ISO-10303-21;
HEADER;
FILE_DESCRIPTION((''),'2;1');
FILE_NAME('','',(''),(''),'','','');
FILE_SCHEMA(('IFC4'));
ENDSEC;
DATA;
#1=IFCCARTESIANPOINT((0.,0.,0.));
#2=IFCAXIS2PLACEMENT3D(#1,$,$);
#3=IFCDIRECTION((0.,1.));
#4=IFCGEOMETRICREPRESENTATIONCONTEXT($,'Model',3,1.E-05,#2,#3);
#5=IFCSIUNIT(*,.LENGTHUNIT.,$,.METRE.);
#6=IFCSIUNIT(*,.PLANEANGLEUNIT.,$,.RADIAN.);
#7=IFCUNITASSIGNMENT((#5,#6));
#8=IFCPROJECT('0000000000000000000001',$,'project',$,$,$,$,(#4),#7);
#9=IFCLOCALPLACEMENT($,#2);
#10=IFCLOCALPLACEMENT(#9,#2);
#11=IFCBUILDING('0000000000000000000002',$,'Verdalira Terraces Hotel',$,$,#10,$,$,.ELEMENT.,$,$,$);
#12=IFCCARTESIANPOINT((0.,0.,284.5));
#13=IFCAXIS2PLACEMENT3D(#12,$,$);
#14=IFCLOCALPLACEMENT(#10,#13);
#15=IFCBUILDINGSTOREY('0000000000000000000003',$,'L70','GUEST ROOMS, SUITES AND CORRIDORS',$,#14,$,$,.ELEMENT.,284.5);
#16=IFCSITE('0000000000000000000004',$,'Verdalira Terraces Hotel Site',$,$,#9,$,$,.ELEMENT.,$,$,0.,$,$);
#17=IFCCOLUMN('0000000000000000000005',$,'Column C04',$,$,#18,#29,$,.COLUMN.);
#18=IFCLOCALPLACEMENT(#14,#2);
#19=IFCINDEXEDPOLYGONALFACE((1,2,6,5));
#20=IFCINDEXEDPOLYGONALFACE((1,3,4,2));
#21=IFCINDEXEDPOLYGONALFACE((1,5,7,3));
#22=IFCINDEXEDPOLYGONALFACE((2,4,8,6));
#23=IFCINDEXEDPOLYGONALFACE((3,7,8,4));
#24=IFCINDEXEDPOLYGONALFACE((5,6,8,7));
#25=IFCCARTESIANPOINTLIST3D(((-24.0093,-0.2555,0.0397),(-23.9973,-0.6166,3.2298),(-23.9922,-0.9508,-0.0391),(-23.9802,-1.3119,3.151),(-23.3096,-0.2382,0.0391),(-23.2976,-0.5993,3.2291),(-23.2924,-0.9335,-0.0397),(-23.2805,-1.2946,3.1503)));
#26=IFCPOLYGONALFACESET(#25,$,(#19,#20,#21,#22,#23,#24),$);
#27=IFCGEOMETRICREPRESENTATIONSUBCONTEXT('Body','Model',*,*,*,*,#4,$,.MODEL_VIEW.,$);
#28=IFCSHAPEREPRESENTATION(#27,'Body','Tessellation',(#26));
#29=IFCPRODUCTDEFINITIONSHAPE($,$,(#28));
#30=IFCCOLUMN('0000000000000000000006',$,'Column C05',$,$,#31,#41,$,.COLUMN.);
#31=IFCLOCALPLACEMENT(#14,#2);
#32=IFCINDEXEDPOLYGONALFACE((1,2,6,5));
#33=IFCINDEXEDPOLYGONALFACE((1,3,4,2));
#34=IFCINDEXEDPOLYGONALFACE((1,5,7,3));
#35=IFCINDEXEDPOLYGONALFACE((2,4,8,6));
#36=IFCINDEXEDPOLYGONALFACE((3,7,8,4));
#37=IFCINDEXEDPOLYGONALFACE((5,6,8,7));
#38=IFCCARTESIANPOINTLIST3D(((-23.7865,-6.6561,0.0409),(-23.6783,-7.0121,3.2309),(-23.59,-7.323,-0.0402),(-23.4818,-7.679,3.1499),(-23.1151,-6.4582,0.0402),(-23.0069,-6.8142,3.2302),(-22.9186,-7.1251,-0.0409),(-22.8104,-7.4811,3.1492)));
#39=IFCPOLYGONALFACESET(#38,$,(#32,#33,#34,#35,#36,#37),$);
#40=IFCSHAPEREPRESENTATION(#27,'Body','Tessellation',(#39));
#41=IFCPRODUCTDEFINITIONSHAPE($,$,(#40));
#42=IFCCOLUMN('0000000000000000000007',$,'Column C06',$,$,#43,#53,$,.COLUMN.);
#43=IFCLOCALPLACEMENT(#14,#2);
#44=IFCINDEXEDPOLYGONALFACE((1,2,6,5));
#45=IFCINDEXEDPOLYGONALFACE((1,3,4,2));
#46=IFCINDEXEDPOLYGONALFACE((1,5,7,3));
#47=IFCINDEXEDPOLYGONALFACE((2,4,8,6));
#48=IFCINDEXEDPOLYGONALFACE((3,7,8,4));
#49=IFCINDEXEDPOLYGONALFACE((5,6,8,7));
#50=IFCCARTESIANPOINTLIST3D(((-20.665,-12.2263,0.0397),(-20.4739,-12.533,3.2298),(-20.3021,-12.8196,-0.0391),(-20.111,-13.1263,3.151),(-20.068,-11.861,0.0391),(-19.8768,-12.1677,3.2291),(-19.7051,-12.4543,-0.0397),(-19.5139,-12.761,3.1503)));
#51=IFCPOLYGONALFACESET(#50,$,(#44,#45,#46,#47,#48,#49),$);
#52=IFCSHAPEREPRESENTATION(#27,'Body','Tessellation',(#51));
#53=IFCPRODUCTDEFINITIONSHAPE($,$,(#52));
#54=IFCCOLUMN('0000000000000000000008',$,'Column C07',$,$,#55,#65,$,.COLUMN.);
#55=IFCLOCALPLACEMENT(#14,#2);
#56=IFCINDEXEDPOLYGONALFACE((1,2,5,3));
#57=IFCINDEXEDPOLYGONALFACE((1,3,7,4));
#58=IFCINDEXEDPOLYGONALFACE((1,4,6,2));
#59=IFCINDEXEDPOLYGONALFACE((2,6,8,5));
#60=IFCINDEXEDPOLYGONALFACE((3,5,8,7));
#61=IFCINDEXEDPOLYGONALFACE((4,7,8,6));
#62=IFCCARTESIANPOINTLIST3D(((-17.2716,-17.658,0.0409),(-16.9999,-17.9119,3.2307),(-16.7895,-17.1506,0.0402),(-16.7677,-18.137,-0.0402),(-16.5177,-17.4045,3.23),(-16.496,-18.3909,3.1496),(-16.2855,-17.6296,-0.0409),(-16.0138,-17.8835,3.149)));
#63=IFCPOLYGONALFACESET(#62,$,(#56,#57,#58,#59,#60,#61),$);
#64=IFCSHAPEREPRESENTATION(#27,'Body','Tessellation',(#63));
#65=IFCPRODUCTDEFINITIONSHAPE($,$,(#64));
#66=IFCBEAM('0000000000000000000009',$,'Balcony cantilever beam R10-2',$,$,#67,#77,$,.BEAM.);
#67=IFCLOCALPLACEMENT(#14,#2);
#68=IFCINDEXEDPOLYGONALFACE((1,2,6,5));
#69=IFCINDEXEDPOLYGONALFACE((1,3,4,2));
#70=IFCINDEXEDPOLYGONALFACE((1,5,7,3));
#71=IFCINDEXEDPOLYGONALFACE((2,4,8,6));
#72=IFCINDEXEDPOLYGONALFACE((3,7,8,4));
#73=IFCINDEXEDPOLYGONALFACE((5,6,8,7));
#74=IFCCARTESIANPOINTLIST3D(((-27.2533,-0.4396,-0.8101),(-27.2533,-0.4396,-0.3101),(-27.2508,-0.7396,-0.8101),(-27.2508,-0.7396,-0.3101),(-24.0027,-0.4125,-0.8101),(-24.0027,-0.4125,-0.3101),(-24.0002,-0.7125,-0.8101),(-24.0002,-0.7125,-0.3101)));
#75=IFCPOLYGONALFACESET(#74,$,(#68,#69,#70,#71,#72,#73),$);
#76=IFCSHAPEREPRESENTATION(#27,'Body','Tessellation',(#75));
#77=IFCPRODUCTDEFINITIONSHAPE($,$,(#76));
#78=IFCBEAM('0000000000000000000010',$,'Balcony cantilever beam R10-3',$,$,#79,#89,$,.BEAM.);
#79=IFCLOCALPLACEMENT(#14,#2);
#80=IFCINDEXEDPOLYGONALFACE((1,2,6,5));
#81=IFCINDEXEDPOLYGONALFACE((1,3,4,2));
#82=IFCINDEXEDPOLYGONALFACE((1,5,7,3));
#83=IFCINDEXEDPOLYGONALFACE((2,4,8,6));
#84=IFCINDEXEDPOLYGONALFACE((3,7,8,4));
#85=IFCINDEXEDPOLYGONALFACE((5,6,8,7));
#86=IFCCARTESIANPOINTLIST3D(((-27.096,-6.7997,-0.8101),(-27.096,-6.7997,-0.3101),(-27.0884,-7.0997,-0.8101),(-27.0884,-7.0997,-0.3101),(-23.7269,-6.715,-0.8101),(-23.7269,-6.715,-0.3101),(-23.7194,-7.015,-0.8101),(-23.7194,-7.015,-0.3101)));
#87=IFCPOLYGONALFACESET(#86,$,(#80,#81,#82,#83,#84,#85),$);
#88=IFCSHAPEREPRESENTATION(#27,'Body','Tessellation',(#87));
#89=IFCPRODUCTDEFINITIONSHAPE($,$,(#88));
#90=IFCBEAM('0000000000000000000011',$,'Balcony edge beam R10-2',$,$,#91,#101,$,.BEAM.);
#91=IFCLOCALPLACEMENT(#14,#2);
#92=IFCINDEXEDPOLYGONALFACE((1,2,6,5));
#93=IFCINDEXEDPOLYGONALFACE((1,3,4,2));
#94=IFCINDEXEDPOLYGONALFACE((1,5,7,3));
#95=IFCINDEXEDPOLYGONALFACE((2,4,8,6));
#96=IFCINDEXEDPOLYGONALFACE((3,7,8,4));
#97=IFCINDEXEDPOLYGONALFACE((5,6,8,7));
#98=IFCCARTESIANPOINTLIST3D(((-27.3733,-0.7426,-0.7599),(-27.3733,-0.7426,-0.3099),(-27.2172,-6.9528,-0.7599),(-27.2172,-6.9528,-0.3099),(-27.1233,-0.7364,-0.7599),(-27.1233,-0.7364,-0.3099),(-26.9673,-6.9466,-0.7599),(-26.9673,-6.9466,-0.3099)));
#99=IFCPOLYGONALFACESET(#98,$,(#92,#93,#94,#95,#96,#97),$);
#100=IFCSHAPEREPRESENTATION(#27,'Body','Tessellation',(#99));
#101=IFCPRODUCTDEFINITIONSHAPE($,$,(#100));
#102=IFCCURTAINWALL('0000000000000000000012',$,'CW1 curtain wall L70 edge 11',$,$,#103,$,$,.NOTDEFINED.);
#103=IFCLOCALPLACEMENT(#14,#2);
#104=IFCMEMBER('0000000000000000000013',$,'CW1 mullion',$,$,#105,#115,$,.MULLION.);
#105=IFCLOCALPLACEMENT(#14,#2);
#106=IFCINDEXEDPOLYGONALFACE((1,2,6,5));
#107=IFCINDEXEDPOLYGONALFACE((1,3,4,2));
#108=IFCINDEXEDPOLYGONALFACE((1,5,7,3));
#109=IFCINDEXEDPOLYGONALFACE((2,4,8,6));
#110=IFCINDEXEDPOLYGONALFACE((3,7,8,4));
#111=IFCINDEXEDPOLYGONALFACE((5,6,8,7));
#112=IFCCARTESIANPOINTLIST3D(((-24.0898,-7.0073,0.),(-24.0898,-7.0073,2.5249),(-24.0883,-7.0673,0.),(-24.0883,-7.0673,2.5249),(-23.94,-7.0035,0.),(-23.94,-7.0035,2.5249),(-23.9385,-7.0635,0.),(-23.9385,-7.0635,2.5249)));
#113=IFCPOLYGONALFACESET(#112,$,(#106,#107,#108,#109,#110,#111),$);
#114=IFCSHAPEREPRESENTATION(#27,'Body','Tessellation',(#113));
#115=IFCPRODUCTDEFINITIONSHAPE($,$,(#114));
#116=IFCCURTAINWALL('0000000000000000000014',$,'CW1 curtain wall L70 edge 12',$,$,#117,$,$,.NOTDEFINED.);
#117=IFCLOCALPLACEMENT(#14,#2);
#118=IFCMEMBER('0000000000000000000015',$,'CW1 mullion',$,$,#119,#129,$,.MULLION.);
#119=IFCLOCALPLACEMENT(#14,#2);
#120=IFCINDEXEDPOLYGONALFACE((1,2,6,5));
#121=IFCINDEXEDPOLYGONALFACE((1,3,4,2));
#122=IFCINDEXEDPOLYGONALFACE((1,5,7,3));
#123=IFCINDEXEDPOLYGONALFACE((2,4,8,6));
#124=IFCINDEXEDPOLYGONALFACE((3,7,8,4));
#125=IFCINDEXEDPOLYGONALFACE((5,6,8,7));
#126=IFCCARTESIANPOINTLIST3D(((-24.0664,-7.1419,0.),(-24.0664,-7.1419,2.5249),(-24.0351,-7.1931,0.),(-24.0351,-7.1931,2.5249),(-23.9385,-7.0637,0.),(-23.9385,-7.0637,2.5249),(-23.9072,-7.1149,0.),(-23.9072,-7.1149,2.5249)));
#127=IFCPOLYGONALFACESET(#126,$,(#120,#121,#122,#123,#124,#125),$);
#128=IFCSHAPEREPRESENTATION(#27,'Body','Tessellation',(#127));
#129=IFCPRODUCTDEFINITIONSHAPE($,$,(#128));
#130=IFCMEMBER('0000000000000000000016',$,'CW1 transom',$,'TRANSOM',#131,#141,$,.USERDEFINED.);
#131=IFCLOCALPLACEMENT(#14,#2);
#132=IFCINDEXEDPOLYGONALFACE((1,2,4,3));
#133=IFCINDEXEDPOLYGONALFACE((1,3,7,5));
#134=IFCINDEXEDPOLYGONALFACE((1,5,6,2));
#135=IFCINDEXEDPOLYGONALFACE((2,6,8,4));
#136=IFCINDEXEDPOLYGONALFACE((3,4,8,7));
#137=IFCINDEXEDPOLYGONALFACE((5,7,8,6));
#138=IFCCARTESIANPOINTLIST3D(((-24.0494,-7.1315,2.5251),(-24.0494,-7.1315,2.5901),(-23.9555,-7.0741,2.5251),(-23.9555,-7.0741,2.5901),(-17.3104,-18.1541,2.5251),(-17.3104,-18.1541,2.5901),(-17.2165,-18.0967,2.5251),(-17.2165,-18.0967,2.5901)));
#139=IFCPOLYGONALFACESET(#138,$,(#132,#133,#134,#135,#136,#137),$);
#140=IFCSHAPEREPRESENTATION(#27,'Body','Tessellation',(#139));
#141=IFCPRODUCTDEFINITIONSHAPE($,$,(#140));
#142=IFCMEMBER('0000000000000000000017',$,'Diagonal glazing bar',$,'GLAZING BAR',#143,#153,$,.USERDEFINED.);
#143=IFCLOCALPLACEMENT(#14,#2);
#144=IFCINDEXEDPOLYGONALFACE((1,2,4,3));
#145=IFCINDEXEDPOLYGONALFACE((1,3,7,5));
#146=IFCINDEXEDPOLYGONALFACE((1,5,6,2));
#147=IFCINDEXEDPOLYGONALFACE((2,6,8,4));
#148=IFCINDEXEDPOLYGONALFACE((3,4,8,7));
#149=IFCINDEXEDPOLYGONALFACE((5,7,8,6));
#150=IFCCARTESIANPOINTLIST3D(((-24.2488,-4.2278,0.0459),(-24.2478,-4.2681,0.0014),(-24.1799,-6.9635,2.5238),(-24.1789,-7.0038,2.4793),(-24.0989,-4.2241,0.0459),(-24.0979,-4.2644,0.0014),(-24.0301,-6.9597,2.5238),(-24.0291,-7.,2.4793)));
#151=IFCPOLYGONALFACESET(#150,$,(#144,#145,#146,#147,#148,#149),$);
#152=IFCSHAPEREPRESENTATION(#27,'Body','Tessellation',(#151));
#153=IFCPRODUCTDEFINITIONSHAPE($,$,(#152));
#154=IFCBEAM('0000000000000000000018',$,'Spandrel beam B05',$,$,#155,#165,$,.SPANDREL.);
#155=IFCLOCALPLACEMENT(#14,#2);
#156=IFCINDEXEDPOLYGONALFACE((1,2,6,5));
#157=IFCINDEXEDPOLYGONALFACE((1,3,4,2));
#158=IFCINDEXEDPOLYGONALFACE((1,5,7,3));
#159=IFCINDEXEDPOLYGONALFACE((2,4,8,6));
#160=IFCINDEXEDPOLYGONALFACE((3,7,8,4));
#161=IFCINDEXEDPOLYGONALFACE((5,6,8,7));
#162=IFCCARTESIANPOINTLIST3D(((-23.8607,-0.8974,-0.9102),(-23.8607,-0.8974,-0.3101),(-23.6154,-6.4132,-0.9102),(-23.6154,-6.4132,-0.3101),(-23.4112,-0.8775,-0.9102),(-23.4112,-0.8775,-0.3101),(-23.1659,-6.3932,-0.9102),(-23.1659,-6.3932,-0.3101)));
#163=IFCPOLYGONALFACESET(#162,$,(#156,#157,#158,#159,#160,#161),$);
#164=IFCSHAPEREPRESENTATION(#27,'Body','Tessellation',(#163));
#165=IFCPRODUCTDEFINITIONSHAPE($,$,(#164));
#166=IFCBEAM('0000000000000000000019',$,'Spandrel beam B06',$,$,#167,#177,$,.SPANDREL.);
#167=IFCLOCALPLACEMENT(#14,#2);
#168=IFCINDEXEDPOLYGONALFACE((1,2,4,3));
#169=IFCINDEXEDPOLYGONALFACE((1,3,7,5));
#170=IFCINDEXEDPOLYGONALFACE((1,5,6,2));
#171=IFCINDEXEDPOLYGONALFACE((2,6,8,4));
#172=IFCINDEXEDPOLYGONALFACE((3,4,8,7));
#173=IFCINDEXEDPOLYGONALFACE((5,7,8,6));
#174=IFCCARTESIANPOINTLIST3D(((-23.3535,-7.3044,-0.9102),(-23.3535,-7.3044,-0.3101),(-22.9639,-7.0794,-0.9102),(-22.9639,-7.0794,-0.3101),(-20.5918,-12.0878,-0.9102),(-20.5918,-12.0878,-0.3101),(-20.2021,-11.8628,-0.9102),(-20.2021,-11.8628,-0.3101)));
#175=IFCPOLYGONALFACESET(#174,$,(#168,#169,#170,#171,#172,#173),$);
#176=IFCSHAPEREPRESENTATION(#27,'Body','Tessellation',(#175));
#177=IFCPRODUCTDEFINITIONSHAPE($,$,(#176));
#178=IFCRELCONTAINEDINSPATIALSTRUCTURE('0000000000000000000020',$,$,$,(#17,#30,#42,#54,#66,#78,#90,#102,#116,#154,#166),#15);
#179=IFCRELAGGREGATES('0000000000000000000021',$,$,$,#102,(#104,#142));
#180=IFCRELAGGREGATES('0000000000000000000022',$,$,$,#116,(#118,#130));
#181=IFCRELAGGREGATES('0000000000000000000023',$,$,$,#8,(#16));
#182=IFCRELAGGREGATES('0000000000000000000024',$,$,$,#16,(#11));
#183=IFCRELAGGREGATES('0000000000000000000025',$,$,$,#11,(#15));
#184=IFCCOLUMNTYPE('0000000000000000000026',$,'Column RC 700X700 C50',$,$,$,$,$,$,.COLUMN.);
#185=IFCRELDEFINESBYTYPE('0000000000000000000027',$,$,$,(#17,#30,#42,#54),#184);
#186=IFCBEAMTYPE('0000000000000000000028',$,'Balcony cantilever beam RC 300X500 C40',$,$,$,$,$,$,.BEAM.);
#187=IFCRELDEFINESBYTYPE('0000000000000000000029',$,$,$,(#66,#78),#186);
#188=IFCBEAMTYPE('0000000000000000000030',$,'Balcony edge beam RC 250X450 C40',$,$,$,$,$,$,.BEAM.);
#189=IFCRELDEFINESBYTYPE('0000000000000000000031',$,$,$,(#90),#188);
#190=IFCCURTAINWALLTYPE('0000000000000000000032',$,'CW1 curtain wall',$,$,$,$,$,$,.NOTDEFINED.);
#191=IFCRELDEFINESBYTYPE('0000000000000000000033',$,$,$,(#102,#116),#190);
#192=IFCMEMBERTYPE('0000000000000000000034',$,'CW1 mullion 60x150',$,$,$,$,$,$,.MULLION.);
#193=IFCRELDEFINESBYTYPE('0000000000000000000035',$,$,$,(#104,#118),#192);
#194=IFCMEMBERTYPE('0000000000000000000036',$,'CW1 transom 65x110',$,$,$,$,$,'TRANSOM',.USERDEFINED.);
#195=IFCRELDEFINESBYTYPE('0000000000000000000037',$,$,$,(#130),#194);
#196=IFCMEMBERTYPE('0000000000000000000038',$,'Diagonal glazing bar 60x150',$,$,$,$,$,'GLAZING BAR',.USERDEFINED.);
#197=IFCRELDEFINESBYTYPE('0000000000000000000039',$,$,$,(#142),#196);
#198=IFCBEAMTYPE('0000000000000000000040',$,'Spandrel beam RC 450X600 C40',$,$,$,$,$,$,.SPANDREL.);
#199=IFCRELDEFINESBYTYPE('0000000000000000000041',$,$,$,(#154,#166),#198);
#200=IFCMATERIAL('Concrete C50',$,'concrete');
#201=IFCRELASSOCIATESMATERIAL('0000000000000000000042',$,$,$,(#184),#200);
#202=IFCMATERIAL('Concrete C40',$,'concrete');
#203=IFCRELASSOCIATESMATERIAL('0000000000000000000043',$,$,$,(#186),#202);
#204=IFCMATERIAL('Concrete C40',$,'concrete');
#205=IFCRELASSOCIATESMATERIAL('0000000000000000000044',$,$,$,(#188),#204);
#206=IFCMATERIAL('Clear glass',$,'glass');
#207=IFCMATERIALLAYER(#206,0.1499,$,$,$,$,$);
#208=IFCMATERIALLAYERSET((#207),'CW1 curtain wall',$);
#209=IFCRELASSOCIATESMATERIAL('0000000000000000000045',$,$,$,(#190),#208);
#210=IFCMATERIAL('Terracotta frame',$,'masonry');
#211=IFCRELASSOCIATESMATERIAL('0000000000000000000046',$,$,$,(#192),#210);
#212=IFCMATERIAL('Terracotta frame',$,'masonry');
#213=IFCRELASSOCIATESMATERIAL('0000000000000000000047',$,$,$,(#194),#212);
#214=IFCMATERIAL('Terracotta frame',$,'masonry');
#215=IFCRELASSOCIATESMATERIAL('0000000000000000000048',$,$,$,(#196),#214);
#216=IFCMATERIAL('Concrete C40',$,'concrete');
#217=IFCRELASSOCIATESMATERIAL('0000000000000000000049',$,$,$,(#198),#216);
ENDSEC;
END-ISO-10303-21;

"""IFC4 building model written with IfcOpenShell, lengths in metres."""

from ifc_helpers import new_model, si_unit, direction, frame, origin, origin_2d, place, context, subcontext, project, spatial, rectangle, extrude, material, layer, layer_set, material_profile, profile_set, type_object, element, aggregate, save


model = new_model("IFC4")

# Units and contexts
model_context = context("Model", 3, precision=1e-05, world=origin(), true_north=direction((0.0, 1.0)))
body_context = subcontext(model_context, "Body", "Model", "MODEL_VIEW")
ifc_project = project(units=[si_unit("LENGTHUNIT", "METRE"), si_unit("PLANEANGLEUNIT", "RADIAN")], contexts=[model_context])

# Site, building, storey
site_placement = place(None, origin())
site = spatial("IfcSite", under=ifc_project, at=site_placement, Name="Verdalira Terraces Hotel Site", CompositionType="ELEMENT", RefElevation=0.0)
building_placement = place(site_placement, origin())
building = spatial("IfcBuilding", under=site, at=building_placement, Name="Verdalira Terraces Hotel", CompositionType="ELEMENT")
storey_placement = place(building_placement, frame((0.0, 0.0, 284.5)))
storey = spatial("IfcBuildingStorey", under=building, at=storey_placement, Name="L70", Description="GUEST ROOMS, SUITES AND CORRIDORS", CompositionType="ELEMENT", Elevation=284.5)

# Columns
ifc_material_1 = material(Name="Concrete C50", Category="concrete")
ifc_material_profile_1 = material_profile(ifc_material_1, rectangle(XDim=0.7, YDim=0.7, at=origin_2d()), Name="RC 700X700")
ifc_profile_set_1 = profile_set([ifc_material_profile_1], Name="Concrete C50")
column_type = type_object("IfcColumnType", Name="Column RC 700X700 C50", PredefinedType="COLUMN", material=ifc_profile_set_1)
column_1_placement = place(storey_placement, frame((-23.6509, -0.5945, 0.0), z_axis=(0.003726, -0.112475, 0.993648), x_axis=(0.024474, -0.993347, -0.112533)))
element("IfcColumn", 1, at=column_1_placement, inside=storey, type_object=column_type, Name="Column C04", PredefinedType="COLUMN", context=body_context, shape_type="SweptSolid", body=[
    extrude(rectangle(XDim=0.7, YDim=0.7, at=origin_2d()), origin(), (0.0, 0.0, 1.0), 3.2104),
])
column_2_placement = place(storey_placement, frame((-23.3525, -6.8906, 0.0), z_axis=(0.033677, -0.110836, 0.993268), x_axis=(-0.280681, 0.952786, 0.115835)))
element("IfcColumn", 2, at=column_2_placement, inside=storey, type_object=column_type, Name="Column C05", PredefinedType="COLUMN", context=body_context, shape_type="SweptSolid", body=[
    extrude(rectangle(XDim=0.7, YDim=0.7, at=origin_2d()), origin(), (0.0, 0.0, 1.0), 3.2117),
])
column_3_placement = place(storey_placement, frame((-20.1851, -12.3403, 0.0), z_axis=(0.059546, -0.095516, 0.993645), x_axis=(0.518491, -0.847643, -0.112553)))
element("IfcColumn", 3, at=column_3_placement, inside=storey, type_object=column_type, Name="Column C06", PredefinedType="COLUMN", context=body_context, shape_type="SweptSolid", body=[
    extrude(rectangle(XDim=0.7, YDim=0.7, at=origin_2d()), origin(), (0.0, 0.0, 1.0), 3.2104),
])
column_4_placement = place(storey_placement, frame((-16.7786, -17.6438, 0.0), z_axis=(0.08461, -0.07906, 0.993273), x_axis=(-0.719963, 0.684284, 0.115795)))
element("IfcColumn", 4, at=column_4_placement, inside=storey, type_object=column_type, Name="Column C07", PredefinedType="COLUMN", context=body_context, shape_type="SweptSolid", body=[
    extrude(rectangle(XDim=0.7, YDim=0.7, at=origin_2d()), origin(), (0.0, 0.0, 1.0), 3.2114),
])

# Beams
ifc_material_2 = material(Name="Concrete C40", Category="concrete")
ifc_material_profile_2 = material_profile(ifc_material_2, rectangle(XDim=0.3, YDim=0.5, at=origin_2d()), Name="RC 300X500")
ifc_profile_set_2 = profile_set([ifc_material_profile_2], Name="Concrete C40")
beam_type_1 = type_object("IfcBeamType", Name="Balcony cantilever beam RC 300X500 C40", PredefinedType="BEAM", material=ifc_profile_set_2)
beam_1_placement = place(storey_placement, frame((-24.0015, -0.5625, -0.5601), z_axis=(-0.999965, -0.008336, 0.0), x_axis=(0.008336, -0.999965, 0.0)))
element("IfcBeam", 5, at=beam_1_placement, inside=storey, type_object=beam_type_1, Name="Balcony cantilever beam R10-2", PredefinedType="BEAM", context=body_context, shape_type="SweptSolid", body=[
    extrude(rectangle(XDim=0.3, YDim=0.5, at=origin_2d()), origin(), (0.0, 0.0, 1.0), 3.2507),
])
beam_2_placement = place(storey_placement, frame((-23.7231, -6.865, -0.5601), z_axis=(-0.999684, -0.025137, 0.0), x_axis=(0.025137, -0.999684, 0.0)))
element("IfcBeam", 6, at=beam_2_placement, inside=storey, type_object=beam_type_1, Name="Balcony cantilever beam R10-3", PredefinedType="BEAM", context=body_context, shape_type="SweptSolid", body=[
    extrude(rectangle(XDim=0.3, YDim=0.5, at=origin_2d()), origin(), (0.0, 0.0, 1.0), 3.3701),
])
ifc_material_3 = material(Name="Concrete C40", Category="concrete")
ifc_material_profile_3 = material_profile(ifc_material_3, rectangle(XDim=0.25, YDim=0.45, at=origin_2d()), Name="RC 250X450")
ifc_profile_set_3 = profile_set([ifc_material_profile_3], Name="Concrete C40")
beam_type_2 = type_object("IfcBeamType", Name="Balcony edge beam RC 250X450 C40", PredefinedType="BEAM", material=ifc_profile_set_3)
beam_3_placement = place(storey_placement, frame((-27.2483, -0.7395, -0.5349), z_axis=(0.025113, -0.999685, 0.0), x_axis=(0.999685, 0.025113, 0.0)))
element("IfcBeam", 7, at=beam_3_placement, inside=storey, type_object=beam_type_2, Name="Balcony edge beam R10-2", PredefinedType="BEAM", context=body_context, shape_type="SweptSolid", body=[
    extrude(rectangle(XDim=0.25, YDim=0.45, at=origin_2d()), origin(), (0.0, 0.0, 1.0), 6.2122),
])

# Curtain wall, member
ifc_material_4 = material(Name="Clear glass", Category="glass")
ifc_layer_1 = layer(ifc_material_4, 0.1499)
ifc_layer_set_1 = layer_set([ifc_layer_1], Name="CW1 curtain wall")
curtain_wall_type = type_object("IfcCurtainWallType", Name="CW1 curtain wall", PredefinedType="NOTDEFINED", material=ifc_layer_set_1)
curtain_wall_1_placement = place(storey_placement, origin())
curtain_wall_1 = element("IfcCurtainWall", 8, at=curtain_wall_1_placement, inside=storey, type_object=curtain_wall_type, Name="CW1 curtain wall L70 edge 11", PredefinedType="NOTDEFINED")
ifc_material_5 = material(Name="Terracotta frame", Category="masonry")
ifc_material_profile_4 = material_profile(ifc_material_5, rectangle(XDim=0.0601, YDim=0.1499, at=origin_2d()), Name="MU 60x150")
ifc_profile_set_4 = profile_set([ifc_material_profile_4], Name="Terracotta frame")
member_type_1 = type_object("IfcMemberType", Name="CW1 mullion 60x150", PredefinedType="MULLION", material=ifc_profile_set_4)
member_1_placement = place(storey_placement, frame((-24.0142, -7.0354, 0.0), z_axis=(0.0, 0.0, 1.0), x_axis=(0.02513, -0.999684, 0.0)))
member_1 = element("IfcMember", 9, at=member_1_placement, type_object=member_type_1, Name="CW1 mullion", PredefinedType="MULLION", context=body_context, shape_type="SweptSolid", body=[
    extrude(rectangle(XDim=0.0601, YDim=0.1499, at=origin_2d()), origin(), (0.0, 0.0, 1.0), 2.5249),
])

# Curtain wall, members
curtain_wall_2_placement = place(storey_placement, origin())
curtain_wall_2 = element("IfcCurtainWall", 10, at=curtain_wall_2_placement, inside=storey, type_object=curtain_wall_type, Name="CW1 curtain wall L70 edge 12", PredefinedType="NOTDEFINED")
member_2_placement = place(storey_placement, frame((-23.9868, -7.1284, 0.0), z_axis=(0.0, 0.0, 1.0), x_axis=(0.521605, -0.853187, 0.0)))
member_2 = element("IfcMember", 11, at=member_2_placement, type_object=member_type_1, Name="CW1 mullion", PredefinedType="MULLION", context=body_context, shape_type="SweptSolid", body=[
    extrude(rectangle(XDim=0.0601, YDim=0.1499, at=origin_2d()), origin(), (0.0, 0.0, 1.0), 2.5249),
])
ifc_material_6 = material(Name="Terracotta frame", Category="masonry")
ifc_material_profile_5 = material_profile(ifc_material_6, rectangle(XDim=0.1101, YDim=0.0649, at=origin_2d()), Name="TR 65x110")
ifc_profile_set_5 = profile_set([ifc_material_profile_5], Name="Terracotta frame")
member_type_2 = type_object("IfcMemberType", Name="CW1 transom 65x110", ElementType="TRANSOM", PredefinedType="USERDEFINED", material=ifc_profile_set_5)
member_3_placement = place(storey_placement, frame((-24.0024, -7.1028, 2.5576), z_axis=(0.521614, -0.853181, 0.0), x_axis=(0.853181, 0.521614, 0.0)))
member_3 = element("IfcMember", 12, at=member_3_placement, type_object=member_type_2, Name="CW1 transom", ObjectType="TRANSOM", PredefinedType="USERDEFINED", context=body_context, shape_type="SweptSolid", body=[
    extrude(rectangle(XDim=0.1101, YDim=0.0649, at=origin_2d()), origin(), (0.0, 0.0, 1.0), 12.9194),
])

# Member
ifc_material_7 = material(Name="Terracotta frame", Category="masonry")
ifc_material_profile_6 = material_profile(ifc_material_7, rectangle(XDim=0.1499, YDim=0.0601, at=origin_2d()), Name="GB 60x150")
ifc_profile_set_6 = profile_set([ifc_material_profile_6], Name="Terracotta frame")
member_type_3 = type_object("IfcMemberType", Name="Diagonal glazing bar 60x150", ElementType="GLAZING BAR", PredefinedType="USERDEFINED", material=ifc_profile_set_6)
member_4_placement = place(storey_placement, frame((-24.1733, -4.2461, 0.0237), z_axis=(0.01865, -0.74104, 0.671202), x_axis=(0.999683, 0.025159, 0.0)))
member_4 = element("IfcMember", 13, at=member_4_placement, type_object=member_type_3, Name="Diagonal glazing bar", ObjectType="GLAZING BAR", PredefinedType="USERDEFINED", context=body_context, shape_type="SweptSolid", body=[
    extrude(rectangle(XDim=0.1499, YDim=0.0601, at=origin_2d()), origin(), (0.0, 0.0, 1.0), 3.6917),
])

# Beams
ifc_material_8 = material(Name="Concrete C40", Category="concrete")
ifc_material_profile_7 = material_profile(ifc_material_8, rectangle(XDim=0.45, YDim=0.6001, at=origin_2d()), Name="RC 450X600")
ifc_profile_set_7 = profile_set([ifc_material_profile_7], Name="Concrete C40")
beam_type_3 = type_object("IfcBeamType", Name="Spandrel beam RC 450X600 C40", PredefinedType="SPANDREL", material=ifc_profile_set_7)
beam_4_placement = place(storey_placement, frame((-23.636, -0.8875, -0.6101), z_axis=(0.044439, -0.999012, 0.0), x_axis=(0.999012, 0.044439, 0.0)))
element("IfcBeam", 14, at=beam_4_placement, inside=storey, type_object=beam_type_3, Name="Spandrel beam B05", PredefinedType="SPANDREL", context=body_context, shape_type="SweptSolid", body=[
    extrude(rectangle(XDim=0.45, YDim=0.6001, at=origin_2d()), origin(), (0.0, 0.0, 1.0), 5.5212),
])
beam_5_placement = place(storey_placement, frame((-23.1587, -7.1919, -0.6101), z_axis=(0.499999, -0.866026, 0.0), x_axis=(0.866026, 0.499999, 0.0)))
element("IfcBeam", 15, at=beam_5_placement, inside=storey, type_object=beam_type_3, Name="Spandrel beam B06", PredefinedType="SPANDREL", context=body_context, shape_type="SweptSolid", body=[
    extrude(rectangle(XDim=0.45, YDim=0.6001, at=origin_2d()), origin(), (0.0, 0.0, 1.0), 5.5234),
])

aggregate(curtain_wall_1, [member_1, member_4])
aggregate(curtain_wall_2, [member_2, member_3])

save(model, "model.ifc")
